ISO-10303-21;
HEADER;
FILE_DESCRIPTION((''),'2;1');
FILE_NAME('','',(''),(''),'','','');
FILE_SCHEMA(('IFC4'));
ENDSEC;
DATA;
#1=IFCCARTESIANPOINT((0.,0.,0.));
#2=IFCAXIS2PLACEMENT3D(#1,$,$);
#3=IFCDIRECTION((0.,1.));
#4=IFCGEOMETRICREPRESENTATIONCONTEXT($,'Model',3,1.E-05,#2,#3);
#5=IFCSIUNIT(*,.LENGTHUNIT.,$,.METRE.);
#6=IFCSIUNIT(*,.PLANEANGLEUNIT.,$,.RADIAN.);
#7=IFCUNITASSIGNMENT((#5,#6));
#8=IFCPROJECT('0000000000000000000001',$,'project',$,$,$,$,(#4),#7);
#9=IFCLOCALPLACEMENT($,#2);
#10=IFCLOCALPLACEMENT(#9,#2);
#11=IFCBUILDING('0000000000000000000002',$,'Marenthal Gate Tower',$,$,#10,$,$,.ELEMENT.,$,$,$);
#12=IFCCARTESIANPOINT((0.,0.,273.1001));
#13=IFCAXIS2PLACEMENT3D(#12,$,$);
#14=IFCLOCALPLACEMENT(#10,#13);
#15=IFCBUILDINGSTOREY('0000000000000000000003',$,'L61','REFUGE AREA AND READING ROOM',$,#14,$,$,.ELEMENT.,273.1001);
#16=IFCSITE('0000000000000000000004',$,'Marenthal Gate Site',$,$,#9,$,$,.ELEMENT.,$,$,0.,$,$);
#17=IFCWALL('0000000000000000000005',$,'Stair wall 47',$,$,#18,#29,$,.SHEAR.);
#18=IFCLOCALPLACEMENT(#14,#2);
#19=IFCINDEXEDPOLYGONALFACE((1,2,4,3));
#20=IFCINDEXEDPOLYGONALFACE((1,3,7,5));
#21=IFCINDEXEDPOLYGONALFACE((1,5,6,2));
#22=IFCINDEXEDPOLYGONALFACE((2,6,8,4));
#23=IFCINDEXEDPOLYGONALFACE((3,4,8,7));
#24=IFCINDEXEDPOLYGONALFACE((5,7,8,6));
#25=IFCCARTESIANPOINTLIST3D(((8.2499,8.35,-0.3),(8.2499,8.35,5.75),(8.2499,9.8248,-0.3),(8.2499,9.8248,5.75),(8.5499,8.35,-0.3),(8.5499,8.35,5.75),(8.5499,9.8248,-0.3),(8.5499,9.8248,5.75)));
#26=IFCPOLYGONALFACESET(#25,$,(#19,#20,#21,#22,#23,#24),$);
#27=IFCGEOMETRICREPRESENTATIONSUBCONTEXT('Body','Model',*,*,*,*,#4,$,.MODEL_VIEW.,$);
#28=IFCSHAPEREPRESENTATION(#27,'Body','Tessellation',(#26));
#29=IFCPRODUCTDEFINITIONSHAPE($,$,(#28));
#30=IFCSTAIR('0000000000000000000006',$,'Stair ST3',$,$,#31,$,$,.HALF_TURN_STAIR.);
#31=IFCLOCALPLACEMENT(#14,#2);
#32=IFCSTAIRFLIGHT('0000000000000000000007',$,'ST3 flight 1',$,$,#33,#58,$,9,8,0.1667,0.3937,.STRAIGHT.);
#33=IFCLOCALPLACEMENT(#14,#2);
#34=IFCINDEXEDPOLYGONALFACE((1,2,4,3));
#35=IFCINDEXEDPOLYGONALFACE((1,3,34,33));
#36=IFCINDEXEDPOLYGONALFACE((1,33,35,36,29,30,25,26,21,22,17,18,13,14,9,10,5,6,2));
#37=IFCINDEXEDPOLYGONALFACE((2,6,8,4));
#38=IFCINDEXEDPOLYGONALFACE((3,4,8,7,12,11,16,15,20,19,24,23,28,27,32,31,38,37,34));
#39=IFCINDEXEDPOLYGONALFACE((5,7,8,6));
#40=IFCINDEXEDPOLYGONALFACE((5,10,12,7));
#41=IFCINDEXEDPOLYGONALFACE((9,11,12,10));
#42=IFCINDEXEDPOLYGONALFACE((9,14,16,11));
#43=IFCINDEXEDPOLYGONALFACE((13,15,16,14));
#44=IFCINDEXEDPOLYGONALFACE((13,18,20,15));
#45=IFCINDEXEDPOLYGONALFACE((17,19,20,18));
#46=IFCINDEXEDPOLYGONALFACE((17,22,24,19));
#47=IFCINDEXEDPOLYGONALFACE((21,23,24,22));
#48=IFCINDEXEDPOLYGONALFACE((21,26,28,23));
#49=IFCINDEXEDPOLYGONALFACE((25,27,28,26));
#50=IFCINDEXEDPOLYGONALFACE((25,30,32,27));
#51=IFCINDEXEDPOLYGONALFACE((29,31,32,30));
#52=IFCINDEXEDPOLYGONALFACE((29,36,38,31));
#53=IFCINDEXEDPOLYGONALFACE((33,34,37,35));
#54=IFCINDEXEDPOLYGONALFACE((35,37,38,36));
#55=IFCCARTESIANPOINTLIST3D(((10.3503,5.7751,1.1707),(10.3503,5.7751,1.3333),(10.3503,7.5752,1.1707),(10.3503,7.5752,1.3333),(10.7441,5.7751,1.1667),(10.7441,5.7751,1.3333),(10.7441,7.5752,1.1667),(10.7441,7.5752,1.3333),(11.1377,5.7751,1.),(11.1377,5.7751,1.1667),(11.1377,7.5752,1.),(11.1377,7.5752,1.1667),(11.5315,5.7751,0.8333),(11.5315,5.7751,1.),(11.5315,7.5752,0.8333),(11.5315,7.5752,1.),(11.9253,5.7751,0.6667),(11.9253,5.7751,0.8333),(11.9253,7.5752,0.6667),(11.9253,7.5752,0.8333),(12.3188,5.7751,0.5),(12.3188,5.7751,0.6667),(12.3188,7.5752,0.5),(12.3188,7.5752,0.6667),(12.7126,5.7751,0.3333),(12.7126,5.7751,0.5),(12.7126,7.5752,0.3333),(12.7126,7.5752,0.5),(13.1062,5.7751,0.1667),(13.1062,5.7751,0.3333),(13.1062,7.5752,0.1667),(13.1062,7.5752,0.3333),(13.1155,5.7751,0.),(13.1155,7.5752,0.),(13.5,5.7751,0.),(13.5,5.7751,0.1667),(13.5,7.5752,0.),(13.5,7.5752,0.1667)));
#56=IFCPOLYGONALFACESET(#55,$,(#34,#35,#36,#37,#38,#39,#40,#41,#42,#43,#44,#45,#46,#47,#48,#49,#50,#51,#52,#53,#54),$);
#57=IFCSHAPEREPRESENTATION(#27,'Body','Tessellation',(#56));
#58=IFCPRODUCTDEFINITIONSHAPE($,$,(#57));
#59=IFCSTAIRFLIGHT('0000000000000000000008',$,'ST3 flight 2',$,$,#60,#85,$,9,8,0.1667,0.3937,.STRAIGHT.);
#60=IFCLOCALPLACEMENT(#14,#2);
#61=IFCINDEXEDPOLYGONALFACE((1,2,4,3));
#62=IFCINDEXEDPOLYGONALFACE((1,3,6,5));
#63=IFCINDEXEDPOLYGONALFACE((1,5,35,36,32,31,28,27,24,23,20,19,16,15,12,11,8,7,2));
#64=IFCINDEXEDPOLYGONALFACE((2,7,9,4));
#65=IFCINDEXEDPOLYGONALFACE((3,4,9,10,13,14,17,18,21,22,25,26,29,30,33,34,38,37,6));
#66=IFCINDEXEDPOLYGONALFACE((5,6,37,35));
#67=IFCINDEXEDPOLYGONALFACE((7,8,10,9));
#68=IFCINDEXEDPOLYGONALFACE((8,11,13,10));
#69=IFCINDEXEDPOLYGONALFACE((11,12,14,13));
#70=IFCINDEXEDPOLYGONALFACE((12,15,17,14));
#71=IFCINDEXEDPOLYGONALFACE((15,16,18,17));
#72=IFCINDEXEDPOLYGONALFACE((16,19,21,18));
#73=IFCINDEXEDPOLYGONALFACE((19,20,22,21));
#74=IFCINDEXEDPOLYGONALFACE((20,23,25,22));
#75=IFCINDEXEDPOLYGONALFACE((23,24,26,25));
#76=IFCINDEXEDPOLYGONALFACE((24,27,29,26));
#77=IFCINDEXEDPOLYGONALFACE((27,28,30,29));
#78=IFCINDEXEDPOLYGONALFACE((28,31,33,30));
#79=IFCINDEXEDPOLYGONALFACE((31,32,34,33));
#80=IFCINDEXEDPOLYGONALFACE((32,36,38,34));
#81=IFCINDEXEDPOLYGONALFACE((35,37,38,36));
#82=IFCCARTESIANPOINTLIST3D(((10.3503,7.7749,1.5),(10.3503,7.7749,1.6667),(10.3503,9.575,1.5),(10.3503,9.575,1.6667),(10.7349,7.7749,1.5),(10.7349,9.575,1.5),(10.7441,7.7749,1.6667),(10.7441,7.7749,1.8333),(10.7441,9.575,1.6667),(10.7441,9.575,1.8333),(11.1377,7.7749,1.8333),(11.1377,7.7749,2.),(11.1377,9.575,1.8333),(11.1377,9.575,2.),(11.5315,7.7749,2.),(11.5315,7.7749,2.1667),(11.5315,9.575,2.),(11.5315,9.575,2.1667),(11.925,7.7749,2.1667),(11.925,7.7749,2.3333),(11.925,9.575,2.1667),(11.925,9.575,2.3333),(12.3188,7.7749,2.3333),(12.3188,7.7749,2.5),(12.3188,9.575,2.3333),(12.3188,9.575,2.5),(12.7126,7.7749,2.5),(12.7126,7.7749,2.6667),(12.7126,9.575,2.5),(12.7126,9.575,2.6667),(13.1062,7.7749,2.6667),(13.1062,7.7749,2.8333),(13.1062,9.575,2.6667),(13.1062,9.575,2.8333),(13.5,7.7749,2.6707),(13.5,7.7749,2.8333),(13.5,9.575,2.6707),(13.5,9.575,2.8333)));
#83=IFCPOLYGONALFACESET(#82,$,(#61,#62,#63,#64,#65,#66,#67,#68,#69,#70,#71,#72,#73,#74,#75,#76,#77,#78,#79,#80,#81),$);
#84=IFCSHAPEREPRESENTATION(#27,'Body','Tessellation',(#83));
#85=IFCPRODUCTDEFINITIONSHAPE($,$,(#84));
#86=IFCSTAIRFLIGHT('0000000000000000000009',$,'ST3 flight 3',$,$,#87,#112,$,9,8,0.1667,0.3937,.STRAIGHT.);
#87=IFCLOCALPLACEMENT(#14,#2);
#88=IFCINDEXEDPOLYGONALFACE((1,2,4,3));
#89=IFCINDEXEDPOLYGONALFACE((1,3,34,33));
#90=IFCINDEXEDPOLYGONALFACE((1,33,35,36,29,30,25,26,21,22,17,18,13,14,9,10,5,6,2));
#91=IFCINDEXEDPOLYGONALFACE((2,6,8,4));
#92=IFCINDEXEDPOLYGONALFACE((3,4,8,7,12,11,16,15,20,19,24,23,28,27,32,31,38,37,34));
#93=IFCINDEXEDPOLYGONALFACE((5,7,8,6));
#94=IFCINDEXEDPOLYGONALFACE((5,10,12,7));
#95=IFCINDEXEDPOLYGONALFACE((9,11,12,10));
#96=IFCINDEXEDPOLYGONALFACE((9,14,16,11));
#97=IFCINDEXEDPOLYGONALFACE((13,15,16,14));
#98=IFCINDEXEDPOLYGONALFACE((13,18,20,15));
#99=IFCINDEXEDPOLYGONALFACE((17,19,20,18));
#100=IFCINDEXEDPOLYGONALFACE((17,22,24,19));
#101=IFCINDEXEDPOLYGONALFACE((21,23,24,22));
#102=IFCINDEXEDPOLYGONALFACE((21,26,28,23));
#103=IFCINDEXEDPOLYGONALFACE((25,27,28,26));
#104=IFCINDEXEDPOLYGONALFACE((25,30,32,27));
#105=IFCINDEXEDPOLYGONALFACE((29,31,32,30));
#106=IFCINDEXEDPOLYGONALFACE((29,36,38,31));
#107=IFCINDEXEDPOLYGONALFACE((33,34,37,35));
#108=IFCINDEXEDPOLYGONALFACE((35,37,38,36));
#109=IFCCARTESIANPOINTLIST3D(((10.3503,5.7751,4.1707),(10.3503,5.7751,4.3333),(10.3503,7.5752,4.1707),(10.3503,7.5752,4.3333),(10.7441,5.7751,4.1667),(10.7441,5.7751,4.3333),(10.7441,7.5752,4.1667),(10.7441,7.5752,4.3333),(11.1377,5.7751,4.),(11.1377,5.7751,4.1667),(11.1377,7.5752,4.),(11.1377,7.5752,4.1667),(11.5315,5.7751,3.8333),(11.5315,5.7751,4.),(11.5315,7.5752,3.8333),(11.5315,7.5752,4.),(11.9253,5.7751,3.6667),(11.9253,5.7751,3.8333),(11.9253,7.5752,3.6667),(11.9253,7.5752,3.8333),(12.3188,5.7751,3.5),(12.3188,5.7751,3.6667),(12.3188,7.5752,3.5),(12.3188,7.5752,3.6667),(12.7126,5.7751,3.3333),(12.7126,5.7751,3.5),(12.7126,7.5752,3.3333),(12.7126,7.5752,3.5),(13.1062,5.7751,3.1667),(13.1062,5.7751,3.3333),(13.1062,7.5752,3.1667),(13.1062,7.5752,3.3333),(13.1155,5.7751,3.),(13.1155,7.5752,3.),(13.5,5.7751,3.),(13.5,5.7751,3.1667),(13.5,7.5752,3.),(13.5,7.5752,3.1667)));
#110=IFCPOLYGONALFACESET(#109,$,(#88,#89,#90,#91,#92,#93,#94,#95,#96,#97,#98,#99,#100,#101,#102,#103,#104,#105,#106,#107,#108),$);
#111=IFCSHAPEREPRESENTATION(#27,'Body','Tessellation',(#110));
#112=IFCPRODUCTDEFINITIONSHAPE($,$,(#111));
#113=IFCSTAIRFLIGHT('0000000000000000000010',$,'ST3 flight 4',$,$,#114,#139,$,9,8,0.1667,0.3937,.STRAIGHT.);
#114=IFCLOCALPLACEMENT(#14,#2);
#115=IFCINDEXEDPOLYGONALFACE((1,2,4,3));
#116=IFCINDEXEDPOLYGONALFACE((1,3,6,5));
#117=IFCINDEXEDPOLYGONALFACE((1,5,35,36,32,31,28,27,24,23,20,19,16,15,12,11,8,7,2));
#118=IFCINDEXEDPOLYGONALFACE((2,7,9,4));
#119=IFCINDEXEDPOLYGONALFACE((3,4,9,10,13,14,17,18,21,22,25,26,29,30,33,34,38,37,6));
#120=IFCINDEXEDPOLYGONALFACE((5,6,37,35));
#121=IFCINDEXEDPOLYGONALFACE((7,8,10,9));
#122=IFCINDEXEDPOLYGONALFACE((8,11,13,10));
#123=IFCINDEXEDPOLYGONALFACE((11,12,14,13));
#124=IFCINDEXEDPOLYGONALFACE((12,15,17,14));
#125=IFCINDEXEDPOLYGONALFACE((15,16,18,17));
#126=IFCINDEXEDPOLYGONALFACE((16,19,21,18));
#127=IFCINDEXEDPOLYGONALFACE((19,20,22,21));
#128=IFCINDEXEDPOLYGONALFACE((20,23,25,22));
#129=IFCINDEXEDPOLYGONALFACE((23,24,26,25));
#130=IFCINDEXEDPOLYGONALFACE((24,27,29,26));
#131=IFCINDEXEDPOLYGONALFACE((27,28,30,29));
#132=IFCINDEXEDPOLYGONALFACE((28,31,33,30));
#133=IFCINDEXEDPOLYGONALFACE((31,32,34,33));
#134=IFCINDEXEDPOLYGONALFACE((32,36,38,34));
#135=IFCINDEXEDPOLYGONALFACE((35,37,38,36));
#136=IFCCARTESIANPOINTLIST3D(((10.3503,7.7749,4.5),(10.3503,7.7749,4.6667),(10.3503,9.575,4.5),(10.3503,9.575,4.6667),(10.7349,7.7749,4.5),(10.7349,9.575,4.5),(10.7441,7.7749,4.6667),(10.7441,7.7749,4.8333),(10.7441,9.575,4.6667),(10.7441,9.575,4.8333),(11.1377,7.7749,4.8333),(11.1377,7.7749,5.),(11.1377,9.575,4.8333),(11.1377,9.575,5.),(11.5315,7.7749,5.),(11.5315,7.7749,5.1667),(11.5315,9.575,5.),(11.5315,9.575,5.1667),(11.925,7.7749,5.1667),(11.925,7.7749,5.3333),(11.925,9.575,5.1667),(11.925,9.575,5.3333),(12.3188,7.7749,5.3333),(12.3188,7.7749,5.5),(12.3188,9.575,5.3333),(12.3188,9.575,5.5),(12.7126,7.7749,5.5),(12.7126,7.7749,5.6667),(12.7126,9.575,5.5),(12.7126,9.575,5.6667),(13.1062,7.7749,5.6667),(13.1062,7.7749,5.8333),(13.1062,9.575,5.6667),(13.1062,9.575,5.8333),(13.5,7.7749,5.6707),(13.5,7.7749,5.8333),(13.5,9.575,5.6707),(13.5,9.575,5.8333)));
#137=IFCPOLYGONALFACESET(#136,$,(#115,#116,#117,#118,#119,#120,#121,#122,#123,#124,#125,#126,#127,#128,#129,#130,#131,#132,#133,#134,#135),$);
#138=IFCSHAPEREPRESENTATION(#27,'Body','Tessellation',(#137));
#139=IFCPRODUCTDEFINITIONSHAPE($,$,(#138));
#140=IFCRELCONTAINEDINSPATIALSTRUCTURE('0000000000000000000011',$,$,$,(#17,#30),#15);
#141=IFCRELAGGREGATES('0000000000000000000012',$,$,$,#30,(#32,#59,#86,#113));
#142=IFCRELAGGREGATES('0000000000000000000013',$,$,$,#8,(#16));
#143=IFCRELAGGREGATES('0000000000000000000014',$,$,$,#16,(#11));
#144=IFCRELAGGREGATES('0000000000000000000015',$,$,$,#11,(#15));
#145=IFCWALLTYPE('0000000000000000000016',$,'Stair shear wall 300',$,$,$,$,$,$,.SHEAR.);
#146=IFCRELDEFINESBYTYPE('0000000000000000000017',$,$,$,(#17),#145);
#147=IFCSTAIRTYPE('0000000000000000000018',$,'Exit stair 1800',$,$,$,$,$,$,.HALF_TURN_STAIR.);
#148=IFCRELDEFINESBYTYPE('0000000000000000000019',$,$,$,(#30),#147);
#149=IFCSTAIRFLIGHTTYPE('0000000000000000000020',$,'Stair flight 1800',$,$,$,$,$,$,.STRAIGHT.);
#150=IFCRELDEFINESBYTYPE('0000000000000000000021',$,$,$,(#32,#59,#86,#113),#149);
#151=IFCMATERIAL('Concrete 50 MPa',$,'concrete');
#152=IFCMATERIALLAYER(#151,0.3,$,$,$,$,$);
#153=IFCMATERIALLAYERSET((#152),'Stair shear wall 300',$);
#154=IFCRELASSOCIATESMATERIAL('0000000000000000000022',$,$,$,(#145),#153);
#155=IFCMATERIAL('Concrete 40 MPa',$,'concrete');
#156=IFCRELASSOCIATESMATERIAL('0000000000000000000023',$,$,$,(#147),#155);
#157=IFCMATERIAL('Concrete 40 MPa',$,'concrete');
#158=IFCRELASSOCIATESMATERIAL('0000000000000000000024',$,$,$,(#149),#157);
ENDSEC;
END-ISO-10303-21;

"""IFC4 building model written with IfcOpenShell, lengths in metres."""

from ifc_helpers import new_model, si_unit, direction, frame, frame_2d, origin, place, context, subcontext, project, spatial, polyline, rectangle, outline, extrude, material, layer, layer_set, type_object, element, aggregate, save


model = new_model("IFC4")

# Units and contexts
model_context = context("Model", 3, precision=1e-05, world=origin(), true_north=direction((0.0, 1.0)))
body_context = subcontext(model_context, "Body", "Model", "MODEL_VIEW")
ifc_project = project(units=[si_unit("LENGTHUNIT", "METRE"), si_unit("PLANEANGLEUNIT", "RADIAN")], contexts=[model_context])

# Site, building, storey
site_placement = place(None, origin())
site = spatial("IfcSite", under=ifc_project, at=site_placement, Name="Marenthal Gate Site", CompositionType="ELEMENT", RefElevation=0.0)
building_placement = place(site_placement, origin())
building = spatial("IfcBuilding", under=site, at=building_placement, Name="Marenthal Gate Tower", CompositionType="ELEMENT")
storey_placement = place(building_placement, frame((0.0, 0.0, 273.1001)))
storey = spatial("IfcBuildingStorey", under=building, at=storey_placement, Name="L61", Description="REFUGE AREA AND READING ROOM", CompositionType="ELEMENT", Elevation=273.1001)

# Wall
ifc_material_1 = material(Name="Concrete 50 MPa", Category="concrete")
ifc_layer_1 = layer(ifc_material_1, 0.3)
ifc_layer_set_1 = layer_set([ifc_layer_1], Name="Stair shear wall 300")
wall_type_1 = type_object("IfcWallType", Name="Stair shear wall 300", PredefinedType="SHEAR", material=ifc_layer_set_1)
wall_1_placement = place(storey_placement, frame((8.3999, 8.3501, -0.3), z_axis=(0.0, 0.0, 1.0), x_axis=(0.0, 1.0, 0.0)))
element("IfcWall", 1, at=wall_1_placement, inside=storey, type_object=wall_type_1, Name="Stair wall 47", PredefinedType="SHEAR", context=body_context, shape_type="SweptSolid", body=[
    extrude(rectangle(XDim=1.4749, YDim=0.3, at=frame_2d((0.7373, 0.0))), origin(), (0.0, 0.0, 1.0), 6.05),
])

# Stair, stair flights
ifc_material_2 = material(Name="Concrete 40 MPa", Category="concrete")
stair_type = type_object("IfcStairType", Name="Exit stair 1800", PredefinedType="HALF_TURN_STAIR", material=ifc_material_2)
stair_placement = place(storey_placement, origin())
stair = element("IfcStair", 2, at=stair_placement, inside=storey, type_object=stair_type, Name="Stair ST3", PredefinedType="HALF_TURN_STAIR")
ifc_material_3 = material(Name="Concrete 40 MPa", Category="concrete")
stair_flight_type = type_object("IfcStairFlightType", Name="Stair flight 1800", PredefinedType="STRAIGHT", material=ifc_material_3)
stair_flight_1_placement = place(storey_placement, frame((13.5, 6.675, 0.0), z_axis=(0.0, 0.0, 1.0), x_axis=(-1.0, 0.0, 0.0)))
stair_flight_1 = element("IfcStairFlight", 3, at=stair_flight_1_placement, type_object=stair_flight_type, Name="ST3 flight 1", NumberOfRisers=9, NumberOfTreads=8, PredefinedType="STRAIGHT", RiserHeight=0.1667, TreadLength=0.3937, context=body_context, shape_type="SweptSolid", body=[
    extrude(outline(polyline([(0.0, 0.0), (0.0, 0.1667), (0.3938, 0.1667), (0.3938, 0.3333), (0.7874, 0.3333), (0.7874, 0.5), (1.1812, 0.5), (1.1812, 0.6667), (1.5747, 0.6667), (1.5747, 0.8333), (1.9685, 0.8333), (1.9685, 1.0), (2.3623, 1.0), (2.3623, 1.1667), (2.7559, 1.1667), (2.7559, 1.3333), (3.1497, 1.3333), (3.1497, 1.5), (3.1497, 1.1707), (0.3845, 0.0), (0.0, 0.0)])), frame((0.0, 0.8999, 0.0), z_axis=(0.0, -1.0, 0.0), x_axis=(1.0, 0.0, 0.0)), (0.0, 0.0, 1.0), 1.8),
])
stair_flight_2_placement = place(storey_placement, frame((10.3503, 8.675, 1.5), z_axis=(0.0, 0.0, 1.0), x_axis=(1.0, 0.0, 0.0)))
stair_flight_2 = element("IfcStairFlight", 4, at=stair_flight_2_placement, type_object=stair_flight_type, Name="ST3 flight 2", NumberOfRisers=9, NumberOfTreads=8, PredefinedType="STRAIGHT", RiserHeight=0.1667, TreadLength=0.3937, context=body_context, shape_type="SweptSolid", body=[
    extrude(outline(polyline([(0.0, 0.0), (0.0, 0.1667), (0.3938, 0.1667), (0.3938, 0.3333), (0.7874, 0.3333), (0.7874, 0.5), (1.1812, 0.5), (1.1812, 0.6667), (1.5747, 0.6667), (1.5747, 0.8333), (1.9685, 0.8333), (1.9685, 1.0), (2.3623, 1.0), (2.3623, 1.1667), (2.7559, 1.1667), (2.7559, 1.3333), (3.1497, 1.3333), (3.1497, 1.5), (3.1497, 1.1707), (0.3845, 0.0), (0.0, 0.0)])), frame((0.0, 0.8999, 0.0), z_axis=(0.0, -1.0, 0.0), x_axis=(1.0, 0.0, 0.0)), (0.0, 0.0, 1.0), 1.8),
])
stair_flight_3_placement = place(storey_placement, frame((13.5, 6.675, 3.0), z_axis=(0.0, 0.0, 1.0), x_axis=(-1.0, 0.0, 0.0)))
stair_flight_3 = element("IfcStairFlight", 5, at=stair_flight_3_placement, type_object=stair_flight_type, Name="ST3 flight 3", NumberOfRisers=9, NumberOfTreads=8, PredefinedType="STRAIGHT", RiserHeight=0.1667, TreadLength=0.3937, context=body_context, shape_type="SweptSolid", body=[
    extrude(outline(polyline([(0.0, 0.0), (0.0, 0.1667), (0.3938, 0.1667), (0.3938, 0.3333), (0.7874, 0.3333), (0.7874, 0.5), (1.1812, 0.5), (1.1812, 0.6667), (1.5747, 0.6667), (1.5747, 0.8333), (1.9685, 0.8333), (1.9685, 1.0), (2.3623, 1.0), (2.3623, 1.1667), (2.7559, 1.1667), (2.7559, 1.3333), (3.1497, 1.3333), (3.1497, 1.5), (3.1497, 1.1707), (0.3845, 0.0), (0.0, 0.0)])), frame((0.0, 0.8999, 0.0), z_axis=(0.0, -1.0, 0.0), x_axis=(1.0, 0.0, 0.0)), (0.0, 0.0, 1.0), 1.8),
])
stair_flight_4_placement = place(storey_placement, frame((10.3503, 8.675, 4.5), z_axis=(0.0, 0.0, 1.0), x_axis=(1.0, 0.0, 0.0)))
stair_flight_4 = element("IfcStairFlight", 6, at=stair_flight_4_placement, type_object=stair_flight_type, Name="ST3 flight 4", NumberOfRisers=9, NumberOfTreads=8, PredefinedType="STRAIGHT", RiserHeight=0.1667, TreadLength=0.3937, context=body_context, shape_type="SweptSolid", body=[
    extrude(outline(polyline([(0.0, 0.0), (0.0, 0.1667), (0.3938, 0.1667), (0.3938, 0.3333), (0.7874, 0.3333), (0.7874, 0.5), (1.1812, 0.5), (1.1812, 0.6667), (1.5747, 0.6667), (1.5747, 0.8333), (1.9685, 0.8333), (1.9685, 1.0), (2.3623, 1.0), (2.3623, 1.1667), (2.7559, 1.1667), (2.7559, 1.3333), (3.1497, 1.3333), (3.1497, 1.5), (3.1497, 1.1707), (0.3845, 0.0), (0.0, 0.0)])), frame((0.0, 0.8999, 0.0), z_axis=(0.0, -1.0, 0.0), x_axis=(1.0, 0.0, 0.0)), (0.0, 0.0, 1.0), 1.8),
])
aggregate(stair, [stair_flight_1, stair_flight_2, stair_flight_3, stair_flight_4])

save(model, "model.ifc")
